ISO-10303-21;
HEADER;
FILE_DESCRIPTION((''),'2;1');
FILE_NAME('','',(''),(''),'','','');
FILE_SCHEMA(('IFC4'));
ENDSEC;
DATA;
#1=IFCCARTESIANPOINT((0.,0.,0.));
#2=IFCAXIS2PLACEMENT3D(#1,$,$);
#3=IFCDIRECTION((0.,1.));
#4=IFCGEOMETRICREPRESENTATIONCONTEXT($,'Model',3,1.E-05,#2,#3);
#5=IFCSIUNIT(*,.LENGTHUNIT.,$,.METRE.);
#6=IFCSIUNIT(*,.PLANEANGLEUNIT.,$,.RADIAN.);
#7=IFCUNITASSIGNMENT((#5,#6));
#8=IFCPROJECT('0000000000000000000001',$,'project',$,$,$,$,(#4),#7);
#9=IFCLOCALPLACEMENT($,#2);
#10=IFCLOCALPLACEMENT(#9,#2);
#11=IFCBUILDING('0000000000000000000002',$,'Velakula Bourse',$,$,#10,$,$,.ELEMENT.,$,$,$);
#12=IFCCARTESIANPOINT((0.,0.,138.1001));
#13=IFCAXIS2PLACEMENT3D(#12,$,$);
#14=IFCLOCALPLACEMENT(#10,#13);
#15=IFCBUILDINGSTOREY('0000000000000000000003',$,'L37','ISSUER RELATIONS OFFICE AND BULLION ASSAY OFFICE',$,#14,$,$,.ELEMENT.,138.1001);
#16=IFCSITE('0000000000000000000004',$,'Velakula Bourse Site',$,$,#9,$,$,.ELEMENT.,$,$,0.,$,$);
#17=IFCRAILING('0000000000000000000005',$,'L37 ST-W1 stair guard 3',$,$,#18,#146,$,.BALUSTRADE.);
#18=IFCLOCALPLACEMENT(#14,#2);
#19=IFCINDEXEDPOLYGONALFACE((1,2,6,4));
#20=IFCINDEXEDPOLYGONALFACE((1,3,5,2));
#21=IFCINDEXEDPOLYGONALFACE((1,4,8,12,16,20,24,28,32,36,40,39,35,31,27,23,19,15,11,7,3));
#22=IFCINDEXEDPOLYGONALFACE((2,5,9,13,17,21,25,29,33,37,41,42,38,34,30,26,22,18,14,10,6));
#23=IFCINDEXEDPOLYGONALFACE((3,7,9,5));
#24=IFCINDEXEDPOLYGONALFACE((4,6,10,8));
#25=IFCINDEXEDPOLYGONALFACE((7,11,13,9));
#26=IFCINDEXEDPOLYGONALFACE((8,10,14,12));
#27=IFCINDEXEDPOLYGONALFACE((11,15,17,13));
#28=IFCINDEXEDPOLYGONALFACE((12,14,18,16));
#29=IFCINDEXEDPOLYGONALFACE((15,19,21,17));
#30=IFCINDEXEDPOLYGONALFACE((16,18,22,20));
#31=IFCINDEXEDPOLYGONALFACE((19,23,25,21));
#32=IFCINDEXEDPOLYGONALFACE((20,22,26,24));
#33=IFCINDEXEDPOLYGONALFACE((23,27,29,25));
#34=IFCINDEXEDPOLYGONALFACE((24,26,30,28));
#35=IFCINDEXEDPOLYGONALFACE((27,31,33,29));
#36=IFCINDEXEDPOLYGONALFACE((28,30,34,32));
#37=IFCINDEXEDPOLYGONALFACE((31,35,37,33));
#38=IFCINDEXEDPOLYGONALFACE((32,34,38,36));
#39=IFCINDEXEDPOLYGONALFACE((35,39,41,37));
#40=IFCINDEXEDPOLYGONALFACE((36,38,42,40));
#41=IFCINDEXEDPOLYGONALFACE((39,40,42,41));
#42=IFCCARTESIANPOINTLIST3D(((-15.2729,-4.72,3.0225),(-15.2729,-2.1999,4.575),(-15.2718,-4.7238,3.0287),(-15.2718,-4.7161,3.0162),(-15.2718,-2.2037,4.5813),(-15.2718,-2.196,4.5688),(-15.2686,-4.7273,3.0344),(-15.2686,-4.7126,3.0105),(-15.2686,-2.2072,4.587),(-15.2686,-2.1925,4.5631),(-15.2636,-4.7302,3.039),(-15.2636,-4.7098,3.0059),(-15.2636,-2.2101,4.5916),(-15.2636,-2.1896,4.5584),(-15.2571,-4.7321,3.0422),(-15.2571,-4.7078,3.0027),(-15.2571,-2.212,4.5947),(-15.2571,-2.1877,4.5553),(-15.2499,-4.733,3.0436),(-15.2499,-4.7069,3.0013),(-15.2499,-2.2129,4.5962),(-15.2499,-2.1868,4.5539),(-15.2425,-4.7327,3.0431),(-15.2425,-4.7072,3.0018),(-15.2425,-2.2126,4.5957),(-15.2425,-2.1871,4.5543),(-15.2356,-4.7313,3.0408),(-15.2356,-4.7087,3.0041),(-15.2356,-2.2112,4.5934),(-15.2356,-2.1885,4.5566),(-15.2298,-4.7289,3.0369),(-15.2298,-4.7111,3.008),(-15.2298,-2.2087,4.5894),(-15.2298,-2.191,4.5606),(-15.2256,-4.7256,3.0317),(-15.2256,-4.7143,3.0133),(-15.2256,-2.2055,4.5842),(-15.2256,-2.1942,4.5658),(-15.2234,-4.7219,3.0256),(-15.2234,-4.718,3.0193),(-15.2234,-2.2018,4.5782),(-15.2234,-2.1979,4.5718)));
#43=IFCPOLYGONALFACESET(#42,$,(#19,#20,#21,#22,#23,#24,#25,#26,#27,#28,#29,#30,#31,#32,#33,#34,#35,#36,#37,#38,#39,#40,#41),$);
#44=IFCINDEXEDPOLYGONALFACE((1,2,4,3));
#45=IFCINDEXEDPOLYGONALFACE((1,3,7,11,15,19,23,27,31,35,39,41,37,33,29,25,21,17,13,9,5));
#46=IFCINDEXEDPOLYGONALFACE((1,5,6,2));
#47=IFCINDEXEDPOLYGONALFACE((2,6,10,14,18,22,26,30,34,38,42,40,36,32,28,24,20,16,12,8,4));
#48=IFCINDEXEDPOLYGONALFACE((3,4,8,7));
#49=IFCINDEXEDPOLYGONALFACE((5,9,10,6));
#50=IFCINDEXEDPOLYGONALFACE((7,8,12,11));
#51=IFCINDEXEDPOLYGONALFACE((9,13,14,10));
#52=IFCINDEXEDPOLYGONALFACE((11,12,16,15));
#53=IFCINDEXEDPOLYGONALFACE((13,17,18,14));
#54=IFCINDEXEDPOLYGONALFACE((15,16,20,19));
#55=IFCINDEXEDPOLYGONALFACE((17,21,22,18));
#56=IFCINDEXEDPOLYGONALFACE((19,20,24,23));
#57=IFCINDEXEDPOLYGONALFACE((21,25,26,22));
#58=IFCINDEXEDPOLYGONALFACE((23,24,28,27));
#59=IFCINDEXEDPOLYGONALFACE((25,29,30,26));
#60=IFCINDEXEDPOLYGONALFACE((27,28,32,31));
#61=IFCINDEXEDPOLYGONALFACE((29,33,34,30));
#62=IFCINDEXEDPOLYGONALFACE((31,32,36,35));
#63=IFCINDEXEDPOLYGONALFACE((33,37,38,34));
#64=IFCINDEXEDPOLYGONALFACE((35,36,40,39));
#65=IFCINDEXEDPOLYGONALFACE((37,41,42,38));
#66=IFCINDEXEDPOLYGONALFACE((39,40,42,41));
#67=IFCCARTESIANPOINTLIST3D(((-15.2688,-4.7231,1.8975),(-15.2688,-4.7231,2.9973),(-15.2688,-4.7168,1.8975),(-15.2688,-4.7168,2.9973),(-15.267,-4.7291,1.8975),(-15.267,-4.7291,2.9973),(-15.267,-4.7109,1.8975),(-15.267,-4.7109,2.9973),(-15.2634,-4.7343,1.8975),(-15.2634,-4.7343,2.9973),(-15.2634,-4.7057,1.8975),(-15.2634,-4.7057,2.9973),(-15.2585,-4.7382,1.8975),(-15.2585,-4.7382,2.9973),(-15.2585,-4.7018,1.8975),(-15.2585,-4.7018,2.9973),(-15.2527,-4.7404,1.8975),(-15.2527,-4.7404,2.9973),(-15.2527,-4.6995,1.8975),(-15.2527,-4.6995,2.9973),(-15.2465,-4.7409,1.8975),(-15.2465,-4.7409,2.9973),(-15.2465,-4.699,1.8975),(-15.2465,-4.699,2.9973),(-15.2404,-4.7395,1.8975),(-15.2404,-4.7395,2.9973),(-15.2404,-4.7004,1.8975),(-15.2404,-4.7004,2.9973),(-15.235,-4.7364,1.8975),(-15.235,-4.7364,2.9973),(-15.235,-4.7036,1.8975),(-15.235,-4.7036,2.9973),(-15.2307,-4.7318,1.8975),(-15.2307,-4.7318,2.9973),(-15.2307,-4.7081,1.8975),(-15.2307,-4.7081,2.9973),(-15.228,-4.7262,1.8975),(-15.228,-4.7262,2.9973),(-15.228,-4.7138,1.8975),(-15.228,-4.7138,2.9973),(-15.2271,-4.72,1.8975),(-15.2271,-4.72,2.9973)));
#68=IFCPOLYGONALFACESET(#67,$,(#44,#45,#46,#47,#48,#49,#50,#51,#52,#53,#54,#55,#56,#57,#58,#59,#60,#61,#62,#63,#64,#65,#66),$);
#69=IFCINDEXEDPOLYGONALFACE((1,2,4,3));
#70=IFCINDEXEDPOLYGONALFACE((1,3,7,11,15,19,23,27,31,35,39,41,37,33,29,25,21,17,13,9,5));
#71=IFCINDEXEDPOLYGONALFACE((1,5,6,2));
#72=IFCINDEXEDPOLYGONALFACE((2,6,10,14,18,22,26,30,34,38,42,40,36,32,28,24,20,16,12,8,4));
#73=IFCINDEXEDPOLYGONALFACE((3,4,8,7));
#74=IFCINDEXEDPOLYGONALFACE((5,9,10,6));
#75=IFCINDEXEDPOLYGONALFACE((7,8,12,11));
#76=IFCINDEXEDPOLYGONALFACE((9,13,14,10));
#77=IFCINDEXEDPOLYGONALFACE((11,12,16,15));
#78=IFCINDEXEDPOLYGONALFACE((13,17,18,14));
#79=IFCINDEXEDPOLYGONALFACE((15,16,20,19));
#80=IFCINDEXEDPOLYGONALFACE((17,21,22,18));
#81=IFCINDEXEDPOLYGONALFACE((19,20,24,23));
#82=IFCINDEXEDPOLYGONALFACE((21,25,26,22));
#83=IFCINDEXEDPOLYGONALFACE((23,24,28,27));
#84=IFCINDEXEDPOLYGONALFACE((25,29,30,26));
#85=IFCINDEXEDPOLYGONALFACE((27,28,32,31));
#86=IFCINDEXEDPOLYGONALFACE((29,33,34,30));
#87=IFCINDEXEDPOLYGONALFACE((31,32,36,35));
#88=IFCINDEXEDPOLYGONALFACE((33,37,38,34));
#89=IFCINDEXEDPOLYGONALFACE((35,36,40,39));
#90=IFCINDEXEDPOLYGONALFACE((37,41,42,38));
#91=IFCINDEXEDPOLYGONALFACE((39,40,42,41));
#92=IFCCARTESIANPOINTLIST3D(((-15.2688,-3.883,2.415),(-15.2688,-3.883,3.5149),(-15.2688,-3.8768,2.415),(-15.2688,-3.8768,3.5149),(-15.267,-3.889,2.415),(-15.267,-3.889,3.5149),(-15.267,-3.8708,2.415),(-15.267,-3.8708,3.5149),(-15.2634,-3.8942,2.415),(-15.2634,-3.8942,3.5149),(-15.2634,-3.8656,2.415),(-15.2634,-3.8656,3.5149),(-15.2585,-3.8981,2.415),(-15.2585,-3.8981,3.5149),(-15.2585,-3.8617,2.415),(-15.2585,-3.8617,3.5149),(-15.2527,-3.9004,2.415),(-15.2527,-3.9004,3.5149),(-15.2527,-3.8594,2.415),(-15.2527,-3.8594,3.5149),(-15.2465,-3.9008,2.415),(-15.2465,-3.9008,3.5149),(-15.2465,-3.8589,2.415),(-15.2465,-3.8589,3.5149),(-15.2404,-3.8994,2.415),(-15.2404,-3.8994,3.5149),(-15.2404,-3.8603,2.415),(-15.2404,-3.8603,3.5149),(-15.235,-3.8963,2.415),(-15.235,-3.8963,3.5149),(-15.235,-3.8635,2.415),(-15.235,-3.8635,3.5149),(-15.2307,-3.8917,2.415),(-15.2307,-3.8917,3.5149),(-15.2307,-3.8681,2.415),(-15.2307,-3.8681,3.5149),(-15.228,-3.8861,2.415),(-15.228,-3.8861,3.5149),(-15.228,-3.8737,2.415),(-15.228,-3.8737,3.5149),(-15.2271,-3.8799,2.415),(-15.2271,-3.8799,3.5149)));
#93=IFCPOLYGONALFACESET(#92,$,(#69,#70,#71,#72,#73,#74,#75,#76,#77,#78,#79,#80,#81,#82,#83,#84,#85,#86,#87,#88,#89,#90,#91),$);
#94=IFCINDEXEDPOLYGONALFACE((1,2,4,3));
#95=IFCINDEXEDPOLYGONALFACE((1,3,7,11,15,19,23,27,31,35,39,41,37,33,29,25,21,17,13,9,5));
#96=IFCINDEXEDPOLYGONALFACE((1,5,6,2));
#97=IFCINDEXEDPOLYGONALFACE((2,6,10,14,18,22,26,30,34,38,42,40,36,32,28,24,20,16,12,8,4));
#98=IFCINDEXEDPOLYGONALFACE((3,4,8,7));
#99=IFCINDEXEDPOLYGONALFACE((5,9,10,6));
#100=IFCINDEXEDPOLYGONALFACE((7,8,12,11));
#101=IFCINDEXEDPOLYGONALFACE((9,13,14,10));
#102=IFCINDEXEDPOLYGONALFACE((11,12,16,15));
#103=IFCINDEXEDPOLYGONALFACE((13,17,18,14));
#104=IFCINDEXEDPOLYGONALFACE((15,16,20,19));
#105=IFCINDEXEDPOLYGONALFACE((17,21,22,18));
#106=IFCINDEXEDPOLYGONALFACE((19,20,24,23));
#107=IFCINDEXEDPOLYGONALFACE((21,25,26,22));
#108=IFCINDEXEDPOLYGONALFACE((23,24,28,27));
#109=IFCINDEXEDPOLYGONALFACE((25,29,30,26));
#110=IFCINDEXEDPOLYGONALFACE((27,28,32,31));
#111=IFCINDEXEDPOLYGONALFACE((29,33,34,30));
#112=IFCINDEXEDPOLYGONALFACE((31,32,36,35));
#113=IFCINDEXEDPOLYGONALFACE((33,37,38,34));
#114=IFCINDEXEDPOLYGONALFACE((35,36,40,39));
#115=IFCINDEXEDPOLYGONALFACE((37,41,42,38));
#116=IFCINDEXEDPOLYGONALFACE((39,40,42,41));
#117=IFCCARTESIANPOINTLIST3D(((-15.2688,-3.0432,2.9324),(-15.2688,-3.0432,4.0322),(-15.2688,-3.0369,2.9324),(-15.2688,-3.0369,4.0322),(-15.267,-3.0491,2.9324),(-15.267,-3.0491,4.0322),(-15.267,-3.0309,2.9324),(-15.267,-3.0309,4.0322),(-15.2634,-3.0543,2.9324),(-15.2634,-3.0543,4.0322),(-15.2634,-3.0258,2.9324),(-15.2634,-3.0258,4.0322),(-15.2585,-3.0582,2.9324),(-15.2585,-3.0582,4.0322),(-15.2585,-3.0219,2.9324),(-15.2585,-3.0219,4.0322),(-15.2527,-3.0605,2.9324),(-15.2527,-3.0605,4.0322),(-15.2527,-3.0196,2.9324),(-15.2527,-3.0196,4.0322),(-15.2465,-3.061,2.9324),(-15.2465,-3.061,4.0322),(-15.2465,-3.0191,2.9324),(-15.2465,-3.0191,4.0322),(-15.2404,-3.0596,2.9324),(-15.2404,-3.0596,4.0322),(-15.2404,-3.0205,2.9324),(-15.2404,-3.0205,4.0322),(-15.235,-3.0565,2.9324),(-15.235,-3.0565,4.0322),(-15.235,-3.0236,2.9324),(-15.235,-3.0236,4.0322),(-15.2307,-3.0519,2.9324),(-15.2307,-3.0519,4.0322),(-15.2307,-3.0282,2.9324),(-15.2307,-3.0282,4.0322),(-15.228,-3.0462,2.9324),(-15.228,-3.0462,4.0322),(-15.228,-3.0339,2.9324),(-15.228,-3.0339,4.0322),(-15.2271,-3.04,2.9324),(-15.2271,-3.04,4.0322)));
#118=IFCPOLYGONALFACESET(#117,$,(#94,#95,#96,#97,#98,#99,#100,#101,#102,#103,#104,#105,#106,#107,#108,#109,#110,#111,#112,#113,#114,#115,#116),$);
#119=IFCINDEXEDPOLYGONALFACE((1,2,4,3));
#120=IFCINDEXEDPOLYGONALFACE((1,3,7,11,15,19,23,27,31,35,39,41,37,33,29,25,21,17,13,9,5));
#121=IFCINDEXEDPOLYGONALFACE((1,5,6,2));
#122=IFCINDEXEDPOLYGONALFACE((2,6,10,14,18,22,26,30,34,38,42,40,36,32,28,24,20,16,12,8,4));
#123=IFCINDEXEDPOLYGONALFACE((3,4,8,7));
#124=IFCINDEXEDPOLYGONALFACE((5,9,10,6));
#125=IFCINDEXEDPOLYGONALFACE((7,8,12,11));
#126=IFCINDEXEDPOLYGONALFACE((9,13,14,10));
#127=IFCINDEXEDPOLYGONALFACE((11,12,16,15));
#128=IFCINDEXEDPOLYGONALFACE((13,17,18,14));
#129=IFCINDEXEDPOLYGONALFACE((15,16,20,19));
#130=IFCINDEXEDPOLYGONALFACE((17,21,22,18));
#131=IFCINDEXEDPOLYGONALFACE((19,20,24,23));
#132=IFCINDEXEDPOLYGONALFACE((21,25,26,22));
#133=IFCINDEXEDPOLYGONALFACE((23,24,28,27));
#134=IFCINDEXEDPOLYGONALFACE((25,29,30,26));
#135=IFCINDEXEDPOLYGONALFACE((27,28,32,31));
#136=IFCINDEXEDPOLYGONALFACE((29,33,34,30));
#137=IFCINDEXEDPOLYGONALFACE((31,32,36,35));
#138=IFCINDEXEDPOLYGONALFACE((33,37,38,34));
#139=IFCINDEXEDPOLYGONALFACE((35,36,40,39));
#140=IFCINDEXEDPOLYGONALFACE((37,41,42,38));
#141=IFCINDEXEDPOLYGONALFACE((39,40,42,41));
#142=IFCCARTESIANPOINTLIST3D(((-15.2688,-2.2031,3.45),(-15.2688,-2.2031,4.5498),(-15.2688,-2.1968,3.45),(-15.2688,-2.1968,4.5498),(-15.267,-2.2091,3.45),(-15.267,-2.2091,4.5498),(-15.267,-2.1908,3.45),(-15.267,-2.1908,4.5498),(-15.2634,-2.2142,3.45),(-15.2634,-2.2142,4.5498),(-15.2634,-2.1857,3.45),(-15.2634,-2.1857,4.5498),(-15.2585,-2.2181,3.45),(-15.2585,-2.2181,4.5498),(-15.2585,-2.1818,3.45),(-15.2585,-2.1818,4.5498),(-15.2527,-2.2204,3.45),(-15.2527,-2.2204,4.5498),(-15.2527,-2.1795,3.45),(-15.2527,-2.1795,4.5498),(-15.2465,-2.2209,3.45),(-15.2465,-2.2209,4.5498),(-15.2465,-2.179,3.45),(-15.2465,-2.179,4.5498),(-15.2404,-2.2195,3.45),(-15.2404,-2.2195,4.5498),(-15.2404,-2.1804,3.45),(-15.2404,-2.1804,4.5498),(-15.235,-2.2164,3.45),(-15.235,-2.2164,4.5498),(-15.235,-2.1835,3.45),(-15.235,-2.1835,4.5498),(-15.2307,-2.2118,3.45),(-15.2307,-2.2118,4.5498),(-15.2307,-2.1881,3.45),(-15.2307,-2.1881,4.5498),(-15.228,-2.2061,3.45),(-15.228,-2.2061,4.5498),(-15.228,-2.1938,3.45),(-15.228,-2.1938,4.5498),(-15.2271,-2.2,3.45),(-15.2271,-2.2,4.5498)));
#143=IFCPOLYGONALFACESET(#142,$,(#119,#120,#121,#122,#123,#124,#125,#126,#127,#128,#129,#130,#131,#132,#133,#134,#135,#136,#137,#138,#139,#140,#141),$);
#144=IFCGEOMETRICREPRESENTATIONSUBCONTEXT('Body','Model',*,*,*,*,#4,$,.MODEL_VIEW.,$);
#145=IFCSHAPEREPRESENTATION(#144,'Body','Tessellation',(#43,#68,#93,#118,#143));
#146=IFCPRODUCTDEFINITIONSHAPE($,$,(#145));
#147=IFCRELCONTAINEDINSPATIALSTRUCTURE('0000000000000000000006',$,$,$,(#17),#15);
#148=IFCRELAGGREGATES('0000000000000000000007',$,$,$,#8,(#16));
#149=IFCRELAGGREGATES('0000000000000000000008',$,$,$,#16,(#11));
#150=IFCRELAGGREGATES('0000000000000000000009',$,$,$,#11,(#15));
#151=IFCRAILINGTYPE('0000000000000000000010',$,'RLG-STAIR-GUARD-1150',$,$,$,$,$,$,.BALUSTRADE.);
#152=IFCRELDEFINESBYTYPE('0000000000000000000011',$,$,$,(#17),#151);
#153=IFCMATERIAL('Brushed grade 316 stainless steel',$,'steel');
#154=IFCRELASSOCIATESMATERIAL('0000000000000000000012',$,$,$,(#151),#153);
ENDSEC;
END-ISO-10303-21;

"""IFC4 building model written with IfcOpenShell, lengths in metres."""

from ifc_helpers import new_model, si_unit, direction, frame, origin, origin_2d, place, context, subcontext, project, spatial, circle, extrude, material, type_object, element, save


model = new_model("IFC4")

# Units and contexts
model_context = context("Model", 3, precision=1e-05, world=origin(), true_north=direction((0.0, 1.0)))
body_context = subcontext(model_context, "Body", "Model", "MODEL_VIEW")
ifc_project = project(units=[si_unit("LENGTHUNIT", "METRE"), si_unit("PLANEANGLEUNIT", "RADIAN")], contexts=[model_context])

# Site, building, storey
site_placement = place(None, origin())
site = spatial("IfcSite", under=ifc_project, at=site_placement, Name="Velakula Bourse Site", CompositionType="ELEMENT", RefElevation=0.0)
building_placement = place(site_placement, origin())
building = spatial("IfcBuilding", under=site, at=building_placement, Name="Velakula Bourse", CompositionType="ELEMENT")
storey_placement = place(building_placement, frame((0.0, 0.0, 138.1001)))
storey = spatial("IfcBuildingStorey", under=building, at=storey_placement, Name="L37", Description="ISSUER RELATIONS OFFICE AND BULLION ASSAY OFFICE", CompositionType="ELEMENT", Elevation=138.1001)

# Shared definitions
ifc_material_1 = material(Name="Brushed grade 316 stainless steel", Category="steel")

# Railing
railing_type_1 = type_object("IfcRailingType", Name="RLG-STAIR-GUARD-1150", PredefinedType="BALUSTRADE", material=ifc_material_1)
railing_1_placement = place(storey_placement, frame((-15.248, -4.72, 1.8975)))
element("IfcRailing", 1, at=railing_1_placement, inside=storey, type_object=railing_type_1, Name="L37 ST-W1 stair guard 3", PredefinedType="BALUSTRADE", context=body_context, shape_type="SweptSolid", body=[
    extrude(circle(Radius=0.0249, at=origin_2d()), frame((0.0, 0.0, 1.125), z_axis=(0.0, 0.8514, 0.524516), x_axis=(-1.0, 0.0, 0.0)), (0.0, 0.0, 1.0), 2.96),
    extrude(circle(Radius=0.021, at=origin_2d()), origin(), (0.0, 0.0, 1.0), 1.0999),
    extrude(circle(Radius=0.021, at=origin_2d()), frame((0.0, 0.8401, 0.5176)), (0.0, 0.0, 1.0), 1.0999),
    extrude(circle(Radius=0.021, at=origin_2d()), frame((0.0, 1.6799, 1.0349)), (0.0, 0.0, 1.0), 1.0999),
    extrude(circle(Radius=0.021, at=origin_2d()), frame((0.0, 2.52, 1.5525)), (0.0, 0.0, 1.0), 1.0999),
])

save(model, "model.ifc")
